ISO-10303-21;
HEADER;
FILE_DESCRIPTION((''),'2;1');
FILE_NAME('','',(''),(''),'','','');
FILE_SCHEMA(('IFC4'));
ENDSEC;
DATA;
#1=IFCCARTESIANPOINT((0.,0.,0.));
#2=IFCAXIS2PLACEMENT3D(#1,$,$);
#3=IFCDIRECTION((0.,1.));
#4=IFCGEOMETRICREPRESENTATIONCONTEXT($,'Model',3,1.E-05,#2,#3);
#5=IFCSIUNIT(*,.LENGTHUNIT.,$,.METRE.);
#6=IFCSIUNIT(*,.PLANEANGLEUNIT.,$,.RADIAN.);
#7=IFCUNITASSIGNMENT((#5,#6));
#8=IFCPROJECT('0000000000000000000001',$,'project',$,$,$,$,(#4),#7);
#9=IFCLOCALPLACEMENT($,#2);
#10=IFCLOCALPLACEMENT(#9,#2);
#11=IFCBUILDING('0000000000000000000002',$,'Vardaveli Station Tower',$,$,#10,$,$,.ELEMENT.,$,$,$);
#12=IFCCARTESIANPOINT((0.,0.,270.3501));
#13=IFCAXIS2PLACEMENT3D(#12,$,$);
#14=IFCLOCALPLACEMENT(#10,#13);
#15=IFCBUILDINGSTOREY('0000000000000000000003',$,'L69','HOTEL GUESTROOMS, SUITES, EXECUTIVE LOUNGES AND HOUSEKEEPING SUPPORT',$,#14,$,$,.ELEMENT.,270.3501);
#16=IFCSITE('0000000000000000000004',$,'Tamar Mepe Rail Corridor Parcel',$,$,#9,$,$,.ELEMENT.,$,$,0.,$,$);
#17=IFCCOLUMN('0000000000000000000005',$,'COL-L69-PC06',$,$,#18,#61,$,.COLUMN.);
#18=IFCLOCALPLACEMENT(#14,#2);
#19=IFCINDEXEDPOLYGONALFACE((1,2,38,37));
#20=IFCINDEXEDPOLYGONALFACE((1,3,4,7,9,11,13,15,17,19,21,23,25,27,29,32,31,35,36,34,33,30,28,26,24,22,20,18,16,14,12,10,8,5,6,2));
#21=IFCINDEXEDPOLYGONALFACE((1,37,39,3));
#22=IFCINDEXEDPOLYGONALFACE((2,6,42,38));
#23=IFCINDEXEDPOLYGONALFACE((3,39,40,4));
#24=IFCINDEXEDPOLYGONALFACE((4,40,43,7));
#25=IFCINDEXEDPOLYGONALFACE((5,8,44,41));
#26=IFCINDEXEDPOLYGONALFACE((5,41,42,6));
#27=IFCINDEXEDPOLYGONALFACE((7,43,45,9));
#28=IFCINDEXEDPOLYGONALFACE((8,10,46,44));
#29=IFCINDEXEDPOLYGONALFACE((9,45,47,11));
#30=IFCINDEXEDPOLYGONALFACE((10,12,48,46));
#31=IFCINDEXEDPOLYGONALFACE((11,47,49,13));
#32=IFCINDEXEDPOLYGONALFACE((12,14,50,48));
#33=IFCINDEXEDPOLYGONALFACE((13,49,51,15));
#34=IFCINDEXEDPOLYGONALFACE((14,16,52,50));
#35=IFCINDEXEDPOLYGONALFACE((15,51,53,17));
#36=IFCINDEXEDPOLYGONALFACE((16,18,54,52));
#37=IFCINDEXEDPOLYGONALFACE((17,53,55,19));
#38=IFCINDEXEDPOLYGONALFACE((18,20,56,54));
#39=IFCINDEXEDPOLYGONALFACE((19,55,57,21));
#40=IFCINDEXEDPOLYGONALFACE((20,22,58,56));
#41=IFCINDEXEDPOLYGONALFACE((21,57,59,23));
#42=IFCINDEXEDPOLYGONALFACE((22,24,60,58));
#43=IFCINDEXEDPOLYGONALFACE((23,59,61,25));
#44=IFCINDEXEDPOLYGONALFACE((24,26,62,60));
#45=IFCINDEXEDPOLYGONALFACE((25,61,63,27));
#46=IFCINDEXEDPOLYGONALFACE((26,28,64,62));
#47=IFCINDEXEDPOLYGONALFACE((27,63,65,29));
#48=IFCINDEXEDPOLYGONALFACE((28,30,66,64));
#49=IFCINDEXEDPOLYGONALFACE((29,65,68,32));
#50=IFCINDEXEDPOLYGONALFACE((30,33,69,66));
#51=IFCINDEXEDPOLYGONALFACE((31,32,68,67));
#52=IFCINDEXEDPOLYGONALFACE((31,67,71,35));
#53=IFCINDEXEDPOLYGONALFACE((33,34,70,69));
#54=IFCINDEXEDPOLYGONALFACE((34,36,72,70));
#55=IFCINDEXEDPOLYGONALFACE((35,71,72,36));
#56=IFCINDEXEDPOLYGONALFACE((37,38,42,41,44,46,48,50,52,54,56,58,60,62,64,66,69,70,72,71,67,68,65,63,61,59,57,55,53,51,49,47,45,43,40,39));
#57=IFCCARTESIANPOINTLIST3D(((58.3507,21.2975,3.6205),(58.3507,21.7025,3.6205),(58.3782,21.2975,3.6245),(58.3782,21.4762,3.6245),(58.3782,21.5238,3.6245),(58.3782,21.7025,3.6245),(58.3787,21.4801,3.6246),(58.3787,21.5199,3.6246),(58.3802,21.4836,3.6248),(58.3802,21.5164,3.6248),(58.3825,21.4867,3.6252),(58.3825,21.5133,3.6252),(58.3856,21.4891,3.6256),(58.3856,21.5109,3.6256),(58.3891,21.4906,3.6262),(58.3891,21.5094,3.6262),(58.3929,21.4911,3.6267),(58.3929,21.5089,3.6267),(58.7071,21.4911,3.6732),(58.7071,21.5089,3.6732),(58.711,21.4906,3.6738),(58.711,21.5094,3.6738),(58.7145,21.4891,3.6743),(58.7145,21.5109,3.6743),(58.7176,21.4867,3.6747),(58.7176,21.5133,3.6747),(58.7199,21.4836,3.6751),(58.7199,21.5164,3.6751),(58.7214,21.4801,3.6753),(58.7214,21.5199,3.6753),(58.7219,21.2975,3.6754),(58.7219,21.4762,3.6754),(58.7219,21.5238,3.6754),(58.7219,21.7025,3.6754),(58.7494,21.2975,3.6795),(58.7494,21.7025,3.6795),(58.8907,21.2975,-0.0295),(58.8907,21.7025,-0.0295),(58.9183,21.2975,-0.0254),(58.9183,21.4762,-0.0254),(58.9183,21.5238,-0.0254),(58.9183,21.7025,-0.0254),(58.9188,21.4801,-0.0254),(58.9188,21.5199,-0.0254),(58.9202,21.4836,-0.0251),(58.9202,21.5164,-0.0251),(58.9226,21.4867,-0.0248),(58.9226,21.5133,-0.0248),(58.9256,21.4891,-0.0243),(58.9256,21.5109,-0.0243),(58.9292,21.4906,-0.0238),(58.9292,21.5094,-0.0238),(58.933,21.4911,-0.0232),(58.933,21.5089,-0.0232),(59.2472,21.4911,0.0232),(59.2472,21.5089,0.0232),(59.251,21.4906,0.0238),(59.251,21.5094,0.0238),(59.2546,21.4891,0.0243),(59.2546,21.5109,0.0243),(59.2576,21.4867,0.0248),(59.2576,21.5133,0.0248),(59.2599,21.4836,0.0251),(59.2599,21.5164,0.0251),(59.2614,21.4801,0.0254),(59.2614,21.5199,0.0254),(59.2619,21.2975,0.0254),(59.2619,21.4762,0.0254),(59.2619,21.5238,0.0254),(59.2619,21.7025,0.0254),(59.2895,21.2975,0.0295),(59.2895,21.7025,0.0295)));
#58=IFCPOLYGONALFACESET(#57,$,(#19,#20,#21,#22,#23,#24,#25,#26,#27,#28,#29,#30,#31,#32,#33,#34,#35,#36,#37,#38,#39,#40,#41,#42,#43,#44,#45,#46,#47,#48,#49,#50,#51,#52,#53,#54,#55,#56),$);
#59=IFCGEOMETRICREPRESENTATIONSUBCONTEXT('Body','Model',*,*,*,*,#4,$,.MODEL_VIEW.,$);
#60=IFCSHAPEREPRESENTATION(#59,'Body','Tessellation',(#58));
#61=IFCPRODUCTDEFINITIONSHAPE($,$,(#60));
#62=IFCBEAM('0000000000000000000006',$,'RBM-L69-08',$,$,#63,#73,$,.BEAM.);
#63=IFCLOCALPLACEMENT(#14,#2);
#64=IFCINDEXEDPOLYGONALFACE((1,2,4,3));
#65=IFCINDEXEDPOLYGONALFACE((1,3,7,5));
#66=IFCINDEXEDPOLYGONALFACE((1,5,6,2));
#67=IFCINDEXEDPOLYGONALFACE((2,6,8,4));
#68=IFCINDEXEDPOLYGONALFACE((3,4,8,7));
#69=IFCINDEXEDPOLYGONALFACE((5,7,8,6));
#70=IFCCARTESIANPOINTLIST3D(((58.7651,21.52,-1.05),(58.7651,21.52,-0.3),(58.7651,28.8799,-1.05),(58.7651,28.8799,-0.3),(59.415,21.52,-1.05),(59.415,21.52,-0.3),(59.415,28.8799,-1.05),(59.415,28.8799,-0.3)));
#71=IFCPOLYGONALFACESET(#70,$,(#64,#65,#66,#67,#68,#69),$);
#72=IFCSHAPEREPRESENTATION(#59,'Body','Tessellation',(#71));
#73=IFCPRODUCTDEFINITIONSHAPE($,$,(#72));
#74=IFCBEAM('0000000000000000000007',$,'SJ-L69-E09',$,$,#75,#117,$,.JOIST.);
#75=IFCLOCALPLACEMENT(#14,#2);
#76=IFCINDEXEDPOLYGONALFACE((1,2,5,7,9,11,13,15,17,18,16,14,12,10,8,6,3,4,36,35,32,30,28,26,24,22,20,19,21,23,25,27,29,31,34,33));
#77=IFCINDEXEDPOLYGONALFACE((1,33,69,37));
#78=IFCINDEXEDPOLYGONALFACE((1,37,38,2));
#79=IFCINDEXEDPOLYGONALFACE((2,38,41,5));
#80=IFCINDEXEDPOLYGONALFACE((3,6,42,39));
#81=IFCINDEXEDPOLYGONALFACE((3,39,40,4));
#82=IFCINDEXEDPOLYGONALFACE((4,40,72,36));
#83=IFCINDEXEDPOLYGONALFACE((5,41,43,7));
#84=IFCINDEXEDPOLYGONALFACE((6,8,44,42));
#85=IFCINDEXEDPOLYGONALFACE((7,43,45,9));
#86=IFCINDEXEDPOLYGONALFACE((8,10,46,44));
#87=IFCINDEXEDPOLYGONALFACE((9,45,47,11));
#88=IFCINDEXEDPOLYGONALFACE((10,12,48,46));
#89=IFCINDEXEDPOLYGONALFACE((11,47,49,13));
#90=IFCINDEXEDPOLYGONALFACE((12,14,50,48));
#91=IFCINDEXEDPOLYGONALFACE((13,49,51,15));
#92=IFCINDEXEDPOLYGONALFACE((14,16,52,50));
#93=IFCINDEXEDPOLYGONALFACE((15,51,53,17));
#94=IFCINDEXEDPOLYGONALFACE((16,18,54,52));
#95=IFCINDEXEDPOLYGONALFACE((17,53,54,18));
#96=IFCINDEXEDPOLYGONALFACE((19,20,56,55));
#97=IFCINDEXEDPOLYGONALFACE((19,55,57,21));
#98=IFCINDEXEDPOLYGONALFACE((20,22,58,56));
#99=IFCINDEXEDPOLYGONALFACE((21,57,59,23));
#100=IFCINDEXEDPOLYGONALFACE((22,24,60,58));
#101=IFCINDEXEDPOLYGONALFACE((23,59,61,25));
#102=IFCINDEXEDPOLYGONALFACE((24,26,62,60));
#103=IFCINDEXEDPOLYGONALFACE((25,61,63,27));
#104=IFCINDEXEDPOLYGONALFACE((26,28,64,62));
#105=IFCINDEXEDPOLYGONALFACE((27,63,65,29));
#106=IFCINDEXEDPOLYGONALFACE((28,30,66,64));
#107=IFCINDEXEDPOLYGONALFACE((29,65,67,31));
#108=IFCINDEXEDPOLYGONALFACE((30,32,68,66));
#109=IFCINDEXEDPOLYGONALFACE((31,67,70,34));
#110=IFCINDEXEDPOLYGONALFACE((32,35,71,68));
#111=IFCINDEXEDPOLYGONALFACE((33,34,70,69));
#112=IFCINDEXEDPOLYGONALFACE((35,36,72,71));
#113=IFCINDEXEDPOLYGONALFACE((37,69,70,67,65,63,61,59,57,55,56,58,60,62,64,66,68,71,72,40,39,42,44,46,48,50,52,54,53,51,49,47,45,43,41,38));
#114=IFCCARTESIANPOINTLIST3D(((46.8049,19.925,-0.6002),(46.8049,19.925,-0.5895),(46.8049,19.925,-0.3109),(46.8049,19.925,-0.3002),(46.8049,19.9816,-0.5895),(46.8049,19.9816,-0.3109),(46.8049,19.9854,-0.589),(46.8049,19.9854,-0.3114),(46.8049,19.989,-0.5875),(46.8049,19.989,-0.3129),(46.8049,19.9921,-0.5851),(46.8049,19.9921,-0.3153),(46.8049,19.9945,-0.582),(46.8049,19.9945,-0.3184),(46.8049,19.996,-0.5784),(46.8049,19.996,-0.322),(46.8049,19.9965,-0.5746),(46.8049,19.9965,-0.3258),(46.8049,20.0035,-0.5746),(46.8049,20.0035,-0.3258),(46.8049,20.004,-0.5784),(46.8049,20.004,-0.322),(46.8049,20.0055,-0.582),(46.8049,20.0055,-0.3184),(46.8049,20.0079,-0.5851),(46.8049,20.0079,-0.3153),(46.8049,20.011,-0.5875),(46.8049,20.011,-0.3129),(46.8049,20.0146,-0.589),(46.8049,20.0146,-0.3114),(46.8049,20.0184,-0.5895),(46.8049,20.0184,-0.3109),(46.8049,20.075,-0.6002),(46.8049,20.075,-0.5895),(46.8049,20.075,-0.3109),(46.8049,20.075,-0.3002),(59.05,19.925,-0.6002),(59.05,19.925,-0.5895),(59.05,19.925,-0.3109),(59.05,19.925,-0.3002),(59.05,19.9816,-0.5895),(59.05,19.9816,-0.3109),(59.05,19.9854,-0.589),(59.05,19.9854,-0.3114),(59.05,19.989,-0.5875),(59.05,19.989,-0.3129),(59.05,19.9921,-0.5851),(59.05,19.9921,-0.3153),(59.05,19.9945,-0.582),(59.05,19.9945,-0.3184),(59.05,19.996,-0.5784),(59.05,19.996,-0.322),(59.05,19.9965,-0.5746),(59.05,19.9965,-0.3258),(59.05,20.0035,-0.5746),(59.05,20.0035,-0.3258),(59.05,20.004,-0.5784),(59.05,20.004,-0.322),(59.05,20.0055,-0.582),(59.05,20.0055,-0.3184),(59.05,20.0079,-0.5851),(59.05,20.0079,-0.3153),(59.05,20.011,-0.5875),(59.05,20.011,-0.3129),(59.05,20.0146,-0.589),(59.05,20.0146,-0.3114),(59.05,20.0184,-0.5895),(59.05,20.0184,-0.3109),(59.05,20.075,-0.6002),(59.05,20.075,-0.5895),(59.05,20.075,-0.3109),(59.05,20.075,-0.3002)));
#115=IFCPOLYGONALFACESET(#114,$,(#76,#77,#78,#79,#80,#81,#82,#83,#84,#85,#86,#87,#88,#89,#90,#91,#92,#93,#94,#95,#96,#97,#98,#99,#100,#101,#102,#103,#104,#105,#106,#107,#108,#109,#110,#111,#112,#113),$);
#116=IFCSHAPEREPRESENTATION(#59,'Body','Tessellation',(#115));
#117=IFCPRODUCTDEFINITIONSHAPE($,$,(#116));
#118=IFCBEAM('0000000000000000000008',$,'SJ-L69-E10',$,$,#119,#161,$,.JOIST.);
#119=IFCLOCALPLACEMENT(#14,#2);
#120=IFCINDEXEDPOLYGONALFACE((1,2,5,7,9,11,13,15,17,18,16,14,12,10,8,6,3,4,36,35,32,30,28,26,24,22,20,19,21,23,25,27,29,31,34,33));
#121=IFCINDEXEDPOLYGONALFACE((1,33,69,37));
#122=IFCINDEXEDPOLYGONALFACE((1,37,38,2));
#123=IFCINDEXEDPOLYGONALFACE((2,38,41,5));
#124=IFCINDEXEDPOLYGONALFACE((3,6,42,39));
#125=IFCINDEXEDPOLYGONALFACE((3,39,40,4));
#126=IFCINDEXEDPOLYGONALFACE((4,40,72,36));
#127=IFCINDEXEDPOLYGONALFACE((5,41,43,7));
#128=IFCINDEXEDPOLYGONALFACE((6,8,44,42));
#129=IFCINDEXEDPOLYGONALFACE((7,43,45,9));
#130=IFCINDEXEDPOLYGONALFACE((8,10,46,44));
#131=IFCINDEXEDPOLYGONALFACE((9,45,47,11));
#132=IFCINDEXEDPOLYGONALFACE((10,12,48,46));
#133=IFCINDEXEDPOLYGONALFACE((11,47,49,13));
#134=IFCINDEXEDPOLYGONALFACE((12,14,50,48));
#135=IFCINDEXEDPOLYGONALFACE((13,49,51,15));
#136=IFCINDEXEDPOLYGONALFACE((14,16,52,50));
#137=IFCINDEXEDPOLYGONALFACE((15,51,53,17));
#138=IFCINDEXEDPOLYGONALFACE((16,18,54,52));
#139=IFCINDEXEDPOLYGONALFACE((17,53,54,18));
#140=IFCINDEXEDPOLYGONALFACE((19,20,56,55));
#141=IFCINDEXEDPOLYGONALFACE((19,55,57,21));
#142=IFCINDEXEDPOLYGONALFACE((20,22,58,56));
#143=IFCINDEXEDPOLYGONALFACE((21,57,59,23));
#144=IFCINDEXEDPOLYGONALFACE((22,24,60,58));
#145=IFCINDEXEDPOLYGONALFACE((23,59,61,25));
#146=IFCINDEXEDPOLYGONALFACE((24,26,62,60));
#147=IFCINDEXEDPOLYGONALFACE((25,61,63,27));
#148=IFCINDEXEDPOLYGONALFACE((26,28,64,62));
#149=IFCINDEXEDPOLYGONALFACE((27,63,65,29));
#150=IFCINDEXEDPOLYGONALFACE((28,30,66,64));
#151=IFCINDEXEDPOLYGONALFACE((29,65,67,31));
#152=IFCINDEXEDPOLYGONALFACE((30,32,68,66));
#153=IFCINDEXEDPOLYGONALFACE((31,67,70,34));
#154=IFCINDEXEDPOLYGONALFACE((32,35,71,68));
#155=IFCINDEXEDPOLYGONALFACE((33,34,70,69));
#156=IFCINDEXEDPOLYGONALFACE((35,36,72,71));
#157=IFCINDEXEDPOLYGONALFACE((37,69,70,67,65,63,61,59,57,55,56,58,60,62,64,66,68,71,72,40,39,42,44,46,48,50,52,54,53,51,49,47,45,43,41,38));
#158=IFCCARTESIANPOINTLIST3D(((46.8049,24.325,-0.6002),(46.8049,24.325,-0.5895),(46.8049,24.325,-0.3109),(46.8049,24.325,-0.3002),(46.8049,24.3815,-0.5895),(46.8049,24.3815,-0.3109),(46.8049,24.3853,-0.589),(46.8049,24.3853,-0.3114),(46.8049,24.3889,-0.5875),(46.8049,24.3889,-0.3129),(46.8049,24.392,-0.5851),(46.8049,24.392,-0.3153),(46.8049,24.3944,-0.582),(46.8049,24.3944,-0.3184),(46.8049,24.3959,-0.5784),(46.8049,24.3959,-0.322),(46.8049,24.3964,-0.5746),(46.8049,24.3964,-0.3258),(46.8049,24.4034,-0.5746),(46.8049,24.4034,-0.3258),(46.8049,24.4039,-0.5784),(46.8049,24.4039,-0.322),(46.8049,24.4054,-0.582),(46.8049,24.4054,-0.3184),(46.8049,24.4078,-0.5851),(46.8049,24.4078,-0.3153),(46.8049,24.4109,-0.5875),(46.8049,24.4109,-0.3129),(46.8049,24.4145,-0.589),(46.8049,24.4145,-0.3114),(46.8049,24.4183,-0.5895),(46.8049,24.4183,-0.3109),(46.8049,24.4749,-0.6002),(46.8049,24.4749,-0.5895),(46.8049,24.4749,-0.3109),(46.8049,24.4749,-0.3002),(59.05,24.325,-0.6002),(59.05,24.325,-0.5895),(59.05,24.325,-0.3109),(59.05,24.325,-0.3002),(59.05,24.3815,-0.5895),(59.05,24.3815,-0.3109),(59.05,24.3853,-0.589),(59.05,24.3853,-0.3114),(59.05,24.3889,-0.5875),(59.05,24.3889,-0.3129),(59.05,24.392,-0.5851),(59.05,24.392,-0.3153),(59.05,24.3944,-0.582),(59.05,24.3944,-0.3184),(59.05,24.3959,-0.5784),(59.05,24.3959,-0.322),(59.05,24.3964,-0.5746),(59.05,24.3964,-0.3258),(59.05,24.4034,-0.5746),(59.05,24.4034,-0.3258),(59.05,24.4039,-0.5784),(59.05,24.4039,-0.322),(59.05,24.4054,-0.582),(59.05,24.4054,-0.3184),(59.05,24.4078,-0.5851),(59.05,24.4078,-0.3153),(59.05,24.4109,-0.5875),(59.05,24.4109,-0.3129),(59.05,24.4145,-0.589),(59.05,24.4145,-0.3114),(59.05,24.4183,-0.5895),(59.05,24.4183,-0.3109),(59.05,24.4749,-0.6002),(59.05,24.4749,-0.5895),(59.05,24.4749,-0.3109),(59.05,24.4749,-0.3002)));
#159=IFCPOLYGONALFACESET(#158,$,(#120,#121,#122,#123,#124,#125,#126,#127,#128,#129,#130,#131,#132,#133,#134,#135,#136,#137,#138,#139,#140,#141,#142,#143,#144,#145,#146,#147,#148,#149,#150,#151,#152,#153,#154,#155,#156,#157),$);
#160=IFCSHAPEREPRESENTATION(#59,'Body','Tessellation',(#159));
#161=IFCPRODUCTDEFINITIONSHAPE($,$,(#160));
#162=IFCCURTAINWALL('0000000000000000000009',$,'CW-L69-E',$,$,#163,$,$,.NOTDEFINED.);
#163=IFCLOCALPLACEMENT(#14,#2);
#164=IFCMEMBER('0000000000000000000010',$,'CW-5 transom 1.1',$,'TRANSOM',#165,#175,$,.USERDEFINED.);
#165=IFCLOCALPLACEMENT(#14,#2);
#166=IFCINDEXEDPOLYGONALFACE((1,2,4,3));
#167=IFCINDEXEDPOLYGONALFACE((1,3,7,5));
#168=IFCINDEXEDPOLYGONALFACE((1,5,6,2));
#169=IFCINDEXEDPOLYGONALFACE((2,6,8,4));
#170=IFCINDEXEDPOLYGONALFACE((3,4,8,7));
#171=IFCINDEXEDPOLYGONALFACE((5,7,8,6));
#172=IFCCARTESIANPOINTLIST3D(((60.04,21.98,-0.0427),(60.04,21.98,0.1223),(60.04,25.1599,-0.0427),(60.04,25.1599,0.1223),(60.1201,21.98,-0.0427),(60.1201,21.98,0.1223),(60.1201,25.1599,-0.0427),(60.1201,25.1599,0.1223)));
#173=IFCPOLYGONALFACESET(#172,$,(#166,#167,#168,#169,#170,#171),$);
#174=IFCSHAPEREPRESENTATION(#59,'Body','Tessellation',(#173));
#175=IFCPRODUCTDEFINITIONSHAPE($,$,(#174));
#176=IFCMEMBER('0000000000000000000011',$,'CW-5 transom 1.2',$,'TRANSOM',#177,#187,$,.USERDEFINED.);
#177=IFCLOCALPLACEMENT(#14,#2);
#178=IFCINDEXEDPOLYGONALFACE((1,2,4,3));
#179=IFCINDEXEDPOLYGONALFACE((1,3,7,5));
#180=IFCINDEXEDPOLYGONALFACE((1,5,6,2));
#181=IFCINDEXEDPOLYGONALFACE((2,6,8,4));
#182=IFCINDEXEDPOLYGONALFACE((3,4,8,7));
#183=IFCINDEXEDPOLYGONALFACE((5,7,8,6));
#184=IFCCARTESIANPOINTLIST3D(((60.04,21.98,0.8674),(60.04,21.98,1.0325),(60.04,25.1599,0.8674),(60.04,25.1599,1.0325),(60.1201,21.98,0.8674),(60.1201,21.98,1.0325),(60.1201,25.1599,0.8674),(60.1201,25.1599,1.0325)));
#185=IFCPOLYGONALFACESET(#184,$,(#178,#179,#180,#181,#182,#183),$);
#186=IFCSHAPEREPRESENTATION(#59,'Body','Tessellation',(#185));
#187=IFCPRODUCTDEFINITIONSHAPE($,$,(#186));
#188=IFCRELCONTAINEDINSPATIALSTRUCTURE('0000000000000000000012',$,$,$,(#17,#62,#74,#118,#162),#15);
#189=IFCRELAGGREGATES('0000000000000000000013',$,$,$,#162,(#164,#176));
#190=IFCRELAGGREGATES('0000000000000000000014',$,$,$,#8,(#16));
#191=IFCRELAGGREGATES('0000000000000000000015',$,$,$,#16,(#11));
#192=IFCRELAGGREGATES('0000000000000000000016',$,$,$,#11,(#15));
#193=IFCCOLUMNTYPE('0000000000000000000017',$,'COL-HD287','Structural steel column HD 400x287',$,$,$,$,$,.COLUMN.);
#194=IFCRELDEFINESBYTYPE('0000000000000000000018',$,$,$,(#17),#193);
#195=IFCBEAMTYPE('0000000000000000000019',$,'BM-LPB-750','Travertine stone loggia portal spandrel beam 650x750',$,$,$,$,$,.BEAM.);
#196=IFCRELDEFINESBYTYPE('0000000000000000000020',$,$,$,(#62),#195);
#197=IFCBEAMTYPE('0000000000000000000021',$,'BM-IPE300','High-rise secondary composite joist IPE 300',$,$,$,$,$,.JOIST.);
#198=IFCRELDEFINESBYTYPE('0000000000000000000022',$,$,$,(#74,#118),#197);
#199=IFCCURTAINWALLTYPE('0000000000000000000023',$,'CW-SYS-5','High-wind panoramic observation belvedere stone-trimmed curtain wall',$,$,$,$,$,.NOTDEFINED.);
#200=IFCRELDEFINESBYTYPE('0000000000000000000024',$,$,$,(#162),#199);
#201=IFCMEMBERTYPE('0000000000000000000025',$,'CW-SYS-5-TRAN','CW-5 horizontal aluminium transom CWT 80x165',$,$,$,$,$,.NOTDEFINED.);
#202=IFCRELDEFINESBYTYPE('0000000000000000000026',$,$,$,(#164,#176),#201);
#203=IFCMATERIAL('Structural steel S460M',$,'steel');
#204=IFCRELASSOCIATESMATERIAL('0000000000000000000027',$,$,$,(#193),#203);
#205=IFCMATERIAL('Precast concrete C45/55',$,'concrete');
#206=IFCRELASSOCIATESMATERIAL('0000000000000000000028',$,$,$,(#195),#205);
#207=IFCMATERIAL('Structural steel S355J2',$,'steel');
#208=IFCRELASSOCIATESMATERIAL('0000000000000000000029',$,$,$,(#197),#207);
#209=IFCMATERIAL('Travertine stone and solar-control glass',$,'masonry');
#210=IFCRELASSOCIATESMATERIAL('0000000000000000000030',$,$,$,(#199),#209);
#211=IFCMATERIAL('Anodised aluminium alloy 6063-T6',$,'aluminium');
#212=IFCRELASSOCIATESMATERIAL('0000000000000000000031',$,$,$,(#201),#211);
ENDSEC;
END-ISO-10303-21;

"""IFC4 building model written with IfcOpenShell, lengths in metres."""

from ifc_helpers import new_model, si_unit, direction, frame, origin, origin_2d, place, context, subcontext, project, spatial, rectangle, i_section, extrude, source, transform, mapped, material, material_profile, profile_set, type_object, element, aggregate, save


model = new_model("IFC4")

# Units and contexts
model_context = context("Model", 3, precision=1e-05, world=origin(), true_north=direction((0.0, 1.0)))
body_context = subcontext(model_context, "Body", "Model", "MODEL_VIEW")
ifc_project = project(units=[si_unit("LENGTHUNIT", "METRE"), si_unit("PLANEANGLEUNIT", "RADIAN")], contexts=[model_context])

# Site, building, storey
site_placement = place(None, origin())
site = spatial("IfcSite", under=ifc_project, at=site_placement, Name="Tamar Mepe Rail Corridor Parcel", CompositionType="ELEMENT", RefElevation=0.0)
building_placement = place(site_placement, origin())
building = spatial("IfcBuilding", under=site, at=building_placement, Name="Vardaveli Station Tower", CompositionType="ELEMENT")
storey_placement = place(building_placement, frame((0.0, 0.0, 270.3501)))
storey = spatial("IfcBuildingStorey", under=building, at=storey_placement, Name="L69", Description="HOTEL GUESTROOMS, SUITES, EXECUTIVE LOUNGES AND HOUSEKEEPING SUPPORT", CompositionType="ELEMENT", Elevation=270.3501)

# Column
ifc_material_1 = material(Name="Structural steel S460M", Category="steel")
ifc_material_profile_1 = material_profile(ifc_material_1, i_section(OverallWidth=0.405, OverallDepth=0.4031, WebThickness=0.0178, FlangeThickness=0.0278, FilletRadius=0.0149, at=origin_2d()), Name="HD 400x287")
ifc_profile_set_1 = profile_set([ifc_material_profile_1], Name="Structural steel S460M")
column_type = type_object("IfcColumnType", Name="COL-HD287", Description="Structural steel column HD 400x287", PredefinedType="COLUMN", material=ifc_profile_set_1)
shared_shape_1 = source(origin(), body_context, "Body", "SweptSolid", [
    extrude(i_section(OverallWidth=0.405, OverallDepth=0.4031, WebThickness=0.0178, FlangeThickness=0.0278, FilletRadius=0.0149, at=origin_2d()), origin(), (0.0, 0.0, 1.0), 3.6897),
])
column_placement = place(storey_placement, frame((59.0901, 21.5, 0.0), z_axis=(-0.146366, 0.0, 0.98923), x_axis=(0.0, -1.0, 0.0)))
element("IfcColumn", 1, at=column_placement, inside=storey, type_object=column_type, Name="COL-L69-PC06", PredefinedType="COLUMN", context=body_context, shape_type="MappedRepresentation", body=[
    mapped(shared_shape_1, transform((0.0, 0.0, 0.0), scale=1.0)),
])

# Beams
ifc_material_2 = material(Name="Precast concrete C45/55", Category="concrete")
ifc_material_profile_2 = material_profile(ifc_material_2, rectangle(XDim=0.6499, YDim=0.75, at=origin_2d()), Name="LPB 650x750")
ifc_profile_set_2 = profile_set([ifc_material_profile_2], Name="Precast concrete C45/55")
beam_type_1 = type_object("IfcBeamType", Name="BM-LPB-750", Description="Travertine stone loggia portal spandrel beam 650x750", PredefinedType="BEAM", material=ifc_profile_set_2)
shared_shape_2 = source(origin(), body_context, "Body", "SweptSolid", [
    extrude(rectangle(XDim=0.6499, YDim=0.75, at=origin_2d()), origin(), (0.0, 0.0, 1.0), 7.3599),
])
beam_placement = place(storey_placement, frame((59.0901, 21.52, -0.675), z_axis=(0.0, 1.0, 0.0), x_axis=(-1.0, 0.0, 0.0)))
element("IfcBeam", 2, at=beam_placement, inside=storey, type_object=beam_type_1, Name="RBM-L69-08", PredefinedType="BEAM", context=body_context, shape_type="MappedRepresentation", body=[
    mapped(shared_shape_2, transform((0.0, 0.0, 0.0), scale=1.0)),
])
ifc_material_3 = material(Name="Structural steel S355J2", Category="steel")
ifc_material_profile_3 = material_profile(ifc_material_3, i_section(OverallWidth=0.1499, OverallDepth=0.3, WebThickness=0.0071, FlangeThickness=0.0107, FilletRadius=0.0149, at=origin_2d()), Name="IPE 300")
ifc_profile_set_3 = profile_set([ifc_material_profile_3], Name="Structural steel S355J2")
beam_type_2 = type_object("IfcBeamType", Name="BM-IPE300", Description="High-rise secondary composite joist IPE 300", PredefinedType="JOIST", material=ifc_profile_set_3)
shared_shape_3 = source(origin(), body_context, "Body", "SweptSolid", [
    extrude(i_section(OverallWidth=0.1499, OverallDepth=0.3, WebThickness=0.0071, FlangeThickness=0.0107, FilletRadius=0.0149, at=origin_2d()), origin(), (0.0, 0.0, 1.0), 12.2451),
])
for number, where, z_axis, x_axis, name in (
    (3, (46.8049, 20.0, -0.4502), (1.0, 0.0, 0.0), (0.0, 1.0, 0.0), "SJ-L69-E09"),
    (4, (46.8049, 24.3999, -0.4502), (1.0, 0.0, 0.0), (0.0, 1.0, 0.0), "SJ-L69-E10"),
):
    element("IfcBeam", number, at=place(storey_placement, frame(where, z_axis=z_axis, x_axis=x_axis)), inside=storey, type_object=beam_type_2, Name=name, PredefinedType="JOIST", context=body_context, shape_type="MappedRepresentation", body=[
        mapped(shared_shape_3, transform((0.0, 0.0, 0.0), scale=1.0)),
    ])

# Curtain wall, members
ifc_material_4 = material(Name="Travertine stone and solar-control glass", Category="masonry")
curtain_wall_type = type_object("IfcCurtainWallType", Name="CW-SYS-5", Description="High-wind panoramic observation belvedere stone-trimmed curtain wall", PredefinedType="NOTDEFINED", material=ifc_material_4)
curtain_wall_placement = place(storey_placement, origin())
curtain_wall = element("IfcCurtainWall", 5, at=curtain_wall_placement, inside=storey, type_object=curtain_wall_type, Name="CW-L69-E", PredefinedType="NOTDEFINED")
ifc_material_5 = material(Name="Anodised aluminium alloy 6063-T6", Category="aluminium")
ifc_material_profile_4 = material_profile(ifc_material_5, rectangle(XDim=0.0801, YDim=0.165, at=origin_2d()), Name="CWT 80x165")
ifc_profile_set_4 = profile_set([ifc_material_profile_4], Name="Anodised aluminium alloy 6063-T6")
member_type_1 = type_object("IfcMemberType", Name="CW-SYS-5-TRAN", Description="CW-5 horizontal aluminium transom CWT 80x165", PredefinedType="NOTDEFINED", material=ifc_profile_set_4)
shared_shape_4 = source(origin(), body_context, "Body", "SweptSolid", [
    extrude(rectangle(XDim=0.0801, YDim=0.165, at=origin_2d()), origin(), (0.0, 0.0, 1.0), 3.1799),
])
member_1_placement = place(storey_placement, frame((60.0801, 21.98, 0.0398), z_axis=(0.0, 1.0, 0.0), x_axis=(-1.0, 0.0, 0.0)))
member_1 = element("IfcMember", 6, at=member_1_placement, type_object=member_type_1, Name="CW-5 transom 1.1", ObjectType="TRANSOM", PredefinedType="USERDEFINED", context=body_context, shape_type="MappedRepresentation", body=[
    mapped(shared_shape_4, transform((0.0, 0.0, 0.0), scale=1.0)),
])
member_2_placement = place(storey_placement, frame((60.0801, 21.98, 0.95), z_axis=(0.0, 1.0, 0.0), x_axis=(-1.0, 0.0, 0.0)))
member_2 = element("IfcMember", 7, at=member_2_placement, type_object=member_type_1, Name="CW-5 transom 1.2", ObjectType="TRANSOM", PredefinedType="USERDEFINED", context=body_context, shape_type="MappedRepresentation", body=[
    mapped(shared_shape_4, transform((0.0, 0.0, 0.0), scale=1.0)),
])
aggregate(curtain_wall, [member_1, member_2])

save(model, "model.ifc")
